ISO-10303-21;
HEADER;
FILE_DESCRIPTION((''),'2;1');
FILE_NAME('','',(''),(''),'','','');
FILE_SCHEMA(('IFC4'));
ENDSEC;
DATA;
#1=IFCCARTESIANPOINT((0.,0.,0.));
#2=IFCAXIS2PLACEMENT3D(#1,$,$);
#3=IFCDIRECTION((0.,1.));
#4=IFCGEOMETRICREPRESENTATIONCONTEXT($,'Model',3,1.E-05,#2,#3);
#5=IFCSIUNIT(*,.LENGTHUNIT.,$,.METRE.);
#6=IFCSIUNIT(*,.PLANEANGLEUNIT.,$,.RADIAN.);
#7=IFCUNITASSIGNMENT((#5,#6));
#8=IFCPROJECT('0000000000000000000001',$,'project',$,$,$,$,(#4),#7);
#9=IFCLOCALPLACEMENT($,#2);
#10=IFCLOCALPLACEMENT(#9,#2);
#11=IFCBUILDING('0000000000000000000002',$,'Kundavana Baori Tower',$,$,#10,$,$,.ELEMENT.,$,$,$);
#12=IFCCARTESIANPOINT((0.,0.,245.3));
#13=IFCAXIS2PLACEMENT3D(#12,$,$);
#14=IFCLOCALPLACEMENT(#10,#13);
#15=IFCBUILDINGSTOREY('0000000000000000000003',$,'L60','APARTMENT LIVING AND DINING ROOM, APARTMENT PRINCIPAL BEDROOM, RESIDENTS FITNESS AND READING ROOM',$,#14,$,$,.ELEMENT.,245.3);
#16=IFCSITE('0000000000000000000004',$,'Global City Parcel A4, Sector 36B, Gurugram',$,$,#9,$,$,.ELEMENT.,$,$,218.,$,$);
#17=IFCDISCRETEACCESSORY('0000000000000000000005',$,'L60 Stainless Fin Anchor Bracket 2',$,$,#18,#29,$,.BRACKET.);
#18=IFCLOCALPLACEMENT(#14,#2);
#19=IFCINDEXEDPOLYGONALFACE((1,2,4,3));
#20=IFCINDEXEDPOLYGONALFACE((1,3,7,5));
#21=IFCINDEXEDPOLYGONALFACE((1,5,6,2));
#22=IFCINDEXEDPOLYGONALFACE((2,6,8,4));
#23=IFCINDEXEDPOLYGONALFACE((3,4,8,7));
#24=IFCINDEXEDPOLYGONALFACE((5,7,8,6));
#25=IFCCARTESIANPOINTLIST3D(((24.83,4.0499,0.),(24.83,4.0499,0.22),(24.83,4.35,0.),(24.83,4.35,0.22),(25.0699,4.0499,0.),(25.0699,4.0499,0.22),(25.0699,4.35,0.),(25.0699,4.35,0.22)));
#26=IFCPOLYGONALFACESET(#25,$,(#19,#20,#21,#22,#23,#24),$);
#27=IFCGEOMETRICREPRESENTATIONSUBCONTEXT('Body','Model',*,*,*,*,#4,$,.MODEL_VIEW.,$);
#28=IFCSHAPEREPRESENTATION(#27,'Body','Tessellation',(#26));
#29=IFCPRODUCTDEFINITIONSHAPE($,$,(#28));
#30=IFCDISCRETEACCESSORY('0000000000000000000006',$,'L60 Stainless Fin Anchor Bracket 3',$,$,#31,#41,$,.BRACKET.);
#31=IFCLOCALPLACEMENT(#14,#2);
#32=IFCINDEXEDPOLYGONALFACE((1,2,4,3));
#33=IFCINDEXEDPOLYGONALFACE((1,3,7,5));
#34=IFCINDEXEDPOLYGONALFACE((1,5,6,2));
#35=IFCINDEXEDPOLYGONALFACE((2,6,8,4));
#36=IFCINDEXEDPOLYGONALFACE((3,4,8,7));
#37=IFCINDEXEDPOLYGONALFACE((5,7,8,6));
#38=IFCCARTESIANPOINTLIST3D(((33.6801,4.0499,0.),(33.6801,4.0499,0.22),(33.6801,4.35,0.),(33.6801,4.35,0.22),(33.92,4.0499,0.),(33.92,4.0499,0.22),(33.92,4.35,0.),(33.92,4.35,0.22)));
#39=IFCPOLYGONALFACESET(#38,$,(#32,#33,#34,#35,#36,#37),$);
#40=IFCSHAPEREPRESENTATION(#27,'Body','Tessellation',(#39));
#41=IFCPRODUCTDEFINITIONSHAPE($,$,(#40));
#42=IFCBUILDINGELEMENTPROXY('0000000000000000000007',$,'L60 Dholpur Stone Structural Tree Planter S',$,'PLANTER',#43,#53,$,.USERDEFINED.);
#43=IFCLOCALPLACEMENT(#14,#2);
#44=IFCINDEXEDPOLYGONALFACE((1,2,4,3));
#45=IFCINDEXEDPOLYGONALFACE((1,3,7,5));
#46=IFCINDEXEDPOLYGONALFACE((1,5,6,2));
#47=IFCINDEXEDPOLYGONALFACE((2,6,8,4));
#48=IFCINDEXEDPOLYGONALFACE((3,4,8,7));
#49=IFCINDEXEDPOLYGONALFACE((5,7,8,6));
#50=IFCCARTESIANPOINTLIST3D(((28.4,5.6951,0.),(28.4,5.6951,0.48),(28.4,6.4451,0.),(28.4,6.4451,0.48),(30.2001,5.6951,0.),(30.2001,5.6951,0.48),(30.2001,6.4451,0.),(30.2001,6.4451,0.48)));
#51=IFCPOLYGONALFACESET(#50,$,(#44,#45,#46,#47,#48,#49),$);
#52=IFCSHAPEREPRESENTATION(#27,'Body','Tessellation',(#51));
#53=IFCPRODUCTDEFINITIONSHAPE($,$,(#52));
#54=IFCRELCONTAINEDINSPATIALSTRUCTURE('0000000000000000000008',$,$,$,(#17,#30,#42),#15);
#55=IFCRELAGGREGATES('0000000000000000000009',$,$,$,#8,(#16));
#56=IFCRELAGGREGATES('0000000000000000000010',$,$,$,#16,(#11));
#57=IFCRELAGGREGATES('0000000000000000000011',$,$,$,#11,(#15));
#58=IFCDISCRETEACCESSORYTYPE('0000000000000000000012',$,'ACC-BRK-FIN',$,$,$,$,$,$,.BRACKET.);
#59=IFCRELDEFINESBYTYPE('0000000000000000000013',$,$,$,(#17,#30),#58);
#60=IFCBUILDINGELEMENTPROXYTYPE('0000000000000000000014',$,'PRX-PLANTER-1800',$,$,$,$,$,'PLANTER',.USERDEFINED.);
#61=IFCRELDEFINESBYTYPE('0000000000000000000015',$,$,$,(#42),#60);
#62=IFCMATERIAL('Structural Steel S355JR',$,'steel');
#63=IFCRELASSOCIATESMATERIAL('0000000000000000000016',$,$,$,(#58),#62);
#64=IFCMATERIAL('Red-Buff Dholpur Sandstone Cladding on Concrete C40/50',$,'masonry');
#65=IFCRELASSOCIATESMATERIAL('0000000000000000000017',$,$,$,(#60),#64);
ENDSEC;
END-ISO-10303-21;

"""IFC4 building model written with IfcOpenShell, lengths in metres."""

from ifc_helpers import new_model, si_unit, direction, frame, origin, origin_2d, place, context, subcontext, project, spatial, rectangle, extrude, material, type_object, element, save


model = new_model("IFC4")

# Units and contexts
model_context = context("Model", 3, precision=1e-05, world=origin(), true_north=direction((0.0, 1.0)))
body_context = subcontext(model_context, "Body", "Model", "MODEL_VIEW")
ifc_project = project(units=[si_unit("LENGTHUNIT", "METRE"), si_unit("PLANEANGLEUNIT", "RADIAN")], contexts=[model_context])

# Site, building, storey
site_placement = place(None, origin())
site = spatial("IfcSite", under=ifc_project, at=site_placement, Name="Global City Parcel A4, Sector 36B, Gurugram", CompositionType="ELEMENT", RefElevation=218.0)
building_placement = place(site_placement, origin())
building = spatial("IfcBuilding", under=site, at=building_placement, Name="Kundavana Baori Tower", CompositionType="ELEMENT")
storey_placement = place(building_placement, frame((0.0, 0.0, 245.3)))
storey = spatial("IfcBuildingStorey", under=building, at=storey_placement, Name="L60", Description="APARTMENT LIVING AND DINING ROOM, APARTMENT PRINCIPAL BEDROOM, RESIDENTS FITNESS AND READING ROOM", CompositionType="ELEMENT", Elevation=245.3)

# Discrete accessories
ifc_material_1 = material(Name="Structural Steel S355JR", Category="steel")
discrete_accessory_type = type_object("IfcDiscreteAccessoryType", Name="ACC-BRK-FIN", PredefinedType="BRACKET", material=ifc_material_1)
for number, where, z_axis, x_axis, name in (
    (1, (24.95, 4.2, 0.0), (0.0, 0.0, 1.0), (1.0, 0.0, 0.0), "L60 Stainless Fin Anchor Bracket 2"),
    (2, (33.8, 4.2, 0.0), (0.0, 0.0, 1.0), (1.0, 0.0, 0.0), "L60 Stainless Fin Anchor Bracket 3"),
):
    element("IfcDiscreteAccessory", number, at=place(storey_placement, frame(where, z_axis=z_axis, x_axis=x_axis)), inside=storey, type_object=discrete_accessory_type, Name=name, PredefinedType="BRACKET", context=body_context, shape_type="SweptSolid", body=[
        extrude(rectangle(XDim=0.24, YDim=0.3, at=origin_2d()), origin(), (0.0, 0.0, 1.0), 0.22),
    ])

# Building element proxy
ifc_material_2 = material(Name="Red-Buff Dholpur Sandstone Cladding on Concrete C40/50", Category="masonry")
building_element_proxy_type = type_object("IfcBuildingElementProxyType", Name="PRX-PLANTER-1800", ElementType="PLANTER", PredefinedType="USERDEFINED", material=ifc_material_2)
proxy_placement = place(storey_placement, frame((29.3, 6.0701, 0.0), z_axis=(0.0, 0.0, 1.0), x_axis=(1.0, 0.0, 0.0)))
element("IfcBuildingElementProxy", 3, at=proxy_placement, inside=storey, type_object=building_element_proxy_type, Name="L60 Dholpur Stone Structural Tree Planter S", ObjectType="PLANTER", PredefinedType="USERDEFINED", context=body_context, shape_type="SweptSolid", body=[
    extrude(rectangle(XDim=1.8, YDim=0.75, at=origin_2d()), origin(), (0.0, 0.0, 1.0), 0.48),
])

save(model, "model.ifc")
